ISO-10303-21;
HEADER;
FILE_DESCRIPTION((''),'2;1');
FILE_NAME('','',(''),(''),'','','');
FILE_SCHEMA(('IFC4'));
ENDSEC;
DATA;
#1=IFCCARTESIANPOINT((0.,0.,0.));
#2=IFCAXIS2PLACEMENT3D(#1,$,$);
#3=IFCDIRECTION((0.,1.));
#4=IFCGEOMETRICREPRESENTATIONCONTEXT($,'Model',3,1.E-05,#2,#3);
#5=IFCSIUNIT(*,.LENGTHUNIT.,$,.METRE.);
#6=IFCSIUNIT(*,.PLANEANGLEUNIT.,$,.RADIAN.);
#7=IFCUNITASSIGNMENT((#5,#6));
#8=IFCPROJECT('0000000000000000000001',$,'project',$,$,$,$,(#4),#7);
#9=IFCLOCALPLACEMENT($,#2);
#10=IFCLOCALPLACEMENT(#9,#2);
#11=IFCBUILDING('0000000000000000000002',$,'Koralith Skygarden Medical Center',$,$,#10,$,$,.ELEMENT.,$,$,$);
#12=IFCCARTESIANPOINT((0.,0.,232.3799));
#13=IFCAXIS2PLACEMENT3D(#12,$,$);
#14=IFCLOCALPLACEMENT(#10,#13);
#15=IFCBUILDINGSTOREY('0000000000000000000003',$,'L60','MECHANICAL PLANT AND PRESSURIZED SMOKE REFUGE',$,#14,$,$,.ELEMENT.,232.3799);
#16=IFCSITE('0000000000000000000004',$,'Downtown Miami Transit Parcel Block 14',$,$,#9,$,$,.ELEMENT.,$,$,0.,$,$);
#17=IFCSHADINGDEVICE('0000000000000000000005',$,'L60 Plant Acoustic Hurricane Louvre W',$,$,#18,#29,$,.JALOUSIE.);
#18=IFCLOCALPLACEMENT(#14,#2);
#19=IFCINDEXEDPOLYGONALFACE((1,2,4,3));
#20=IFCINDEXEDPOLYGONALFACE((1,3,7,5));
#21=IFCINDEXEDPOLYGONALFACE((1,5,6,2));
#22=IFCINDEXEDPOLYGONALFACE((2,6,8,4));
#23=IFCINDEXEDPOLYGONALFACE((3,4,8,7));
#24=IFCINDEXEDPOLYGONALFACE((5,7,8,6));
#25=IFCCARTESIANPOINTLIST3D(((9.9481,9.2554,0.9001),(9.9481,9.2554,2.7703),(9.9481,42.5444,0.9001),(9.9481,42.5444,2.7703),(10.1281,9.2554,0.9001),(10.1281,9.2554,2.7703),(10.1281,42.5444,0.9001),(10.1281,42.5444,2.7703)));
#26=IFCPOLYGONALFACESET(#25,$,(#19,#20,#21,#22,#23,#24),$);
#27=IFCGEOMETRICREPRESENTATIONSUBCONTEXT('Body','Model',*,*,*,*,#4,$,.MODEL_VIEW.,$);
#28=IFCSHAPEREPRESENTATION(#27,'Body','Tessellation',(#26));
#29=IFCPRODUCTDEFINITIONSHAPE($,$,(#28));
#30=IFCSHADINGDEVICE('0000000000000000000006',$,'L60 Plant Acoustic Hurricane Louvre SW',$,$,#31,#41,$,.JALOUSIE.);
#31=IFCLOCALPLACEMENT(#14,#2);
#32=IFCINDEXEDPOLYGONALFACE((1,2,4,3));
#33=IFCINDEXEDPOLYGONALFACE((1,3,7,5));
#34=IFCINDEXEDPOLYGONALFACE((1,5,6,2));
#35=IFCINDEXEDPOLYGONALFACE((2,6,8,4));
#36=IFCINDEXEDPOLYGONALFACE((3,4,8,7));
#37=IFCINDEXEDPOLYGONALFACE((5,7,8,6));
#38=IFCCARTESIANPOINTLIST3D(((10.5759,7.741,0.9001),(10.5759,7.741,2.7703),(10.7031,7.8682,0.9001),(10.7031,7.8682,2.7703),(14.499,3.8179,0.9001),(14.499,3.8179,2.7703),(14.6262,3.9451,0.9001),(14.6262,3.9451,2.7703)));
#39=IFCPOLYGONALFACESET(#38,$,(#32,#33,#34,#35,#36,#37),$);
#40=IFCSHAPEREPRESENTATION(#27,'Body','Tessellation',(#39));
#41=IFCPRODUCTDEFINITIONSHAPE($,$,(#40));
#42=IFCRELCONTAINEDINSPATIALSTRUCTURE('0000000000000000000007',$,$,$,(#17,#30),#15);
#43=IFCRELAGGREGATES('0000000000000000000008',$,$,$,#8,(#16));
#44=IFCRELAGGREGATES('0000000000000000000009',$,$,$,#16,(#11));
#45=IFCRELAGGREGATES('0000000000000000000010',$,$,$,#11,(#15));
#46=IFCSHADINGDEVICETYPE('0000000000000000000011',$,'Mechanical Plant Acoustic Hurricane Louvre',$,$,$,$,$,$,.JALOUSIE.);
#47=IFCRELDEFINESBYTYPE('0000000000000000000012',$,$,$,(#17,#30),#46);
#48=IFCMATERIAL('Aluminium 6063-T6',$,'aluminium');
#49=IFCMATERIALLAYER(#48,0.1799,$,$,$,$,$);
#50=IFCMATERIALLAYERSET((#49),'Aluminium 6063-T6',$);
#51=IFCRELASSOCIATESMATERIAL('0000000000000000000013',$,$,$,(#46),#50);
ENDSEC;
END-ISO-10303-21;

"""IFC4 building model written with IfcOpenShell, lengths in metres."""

from ifc_helpers import new_model, si_unit, direction, frame, origin, origin_2d, place, context, subcontext, project, spatial, rectangle, extrude, material, layer, layer_set, type_object, element, save


model = new_model("IFC4")

# Units and contexts
model_context = context("Model", 3, precision=1e-05, world=origin(), true_north=direction((0.0, 1.0)))
body_context = subcontext(model_context, "Body", "Model", "MODEL_VIEW")
ifc_project = project(units=[si_unit("LENGTHUNIT", "METRE"), si_unit("PLANEANGLEUNIT", "RADIAN")], contexts=[model_context])

# Site, building, storey
site_placement = place(None, origin())
site = spatial("IfcSite", under=ifc_project, at=site_placement, Name="Downtown Miami Transit Parcel Block 14", CompositionType="ELEMENT", RefElevation=0.0)
building_placement = place(site_placement, origin())
building = spatial("IfcBuilding", under=site, at=building_placement, Name="Koralith Skygarden Medical Center", CompositionType="ELEMENT")
storey_placement = place(building_placement, frame((0.0, 0.0, 232.3799)))
storey = spatial("IfcBuildingStorey", under=building, at=storey_placement, Name="L60", Description="MECHANICAL PLANT AND PRESSURIZED SMOKE REFUGE", CompositionType="ELEMENT", Elevation=232.3799)

# Shading devices
ifc_material_1 = material(Name="Aluminium 6063-T6", Category="aluminium")
ifc_layer_1 = layer(ifc_material_1, 0.1799)
ifc_layer_set_1 = layer_set([ifc_layer_1], Name="Aluminium 6063-T6")
shading_device_type = type_object("IfcShadingDeviceType", Name="Mechanical Plant Acoustic Hurricane Louvre", PredefinedType="JALOUSIE", material=ifc_layer_set_1)
shading_device_1_placement = place(storey_placement, frame((10.0381, 25.8999, 0.9001), z_axis=(0.0, 0.0, 1.0), x_axis=(0.0, -1.0, 0.0)))
element("IfcShadingDevice", 1, at=shading_device_1_placement, inside=storey, type_object=shading_device_type, Name="L60 Plant Acoustic Hurricane Louvre W", PredefinedType="JALOUSIE", context=body_context, shape_type="SweptSolid", body=[
    extrude(rectangle(XDim=33.2891, YDim=0.1799, at=origin_2d()), origin(), (0.0, 0.0, 1.0), 1.8701),
])
shading_device_2_placement = place(storey_placement, frame((12.6011, 5.843, 0.9001), z_axis=(0.0, 0.0, 1.0), x_axis=(0.707107, -0.707107, 0.0)))
element("IfcShadingDevice", 2, at=shading_device_2_placement, inside=storey, type_object=shading_device_type, Name="L60 Plant Acoustic Hurricane Louvre SW", PredefinedType="JALOUSIE", context=body_context, shape_type="SweptSolid", body=[
    extrude(rectangle(XDim=5.5481, YDim=0.1799, at=origin_2d()), origin(), (0.0, 0.0, 1.0), 1.8701),
])

save(model, "model.ifc")
